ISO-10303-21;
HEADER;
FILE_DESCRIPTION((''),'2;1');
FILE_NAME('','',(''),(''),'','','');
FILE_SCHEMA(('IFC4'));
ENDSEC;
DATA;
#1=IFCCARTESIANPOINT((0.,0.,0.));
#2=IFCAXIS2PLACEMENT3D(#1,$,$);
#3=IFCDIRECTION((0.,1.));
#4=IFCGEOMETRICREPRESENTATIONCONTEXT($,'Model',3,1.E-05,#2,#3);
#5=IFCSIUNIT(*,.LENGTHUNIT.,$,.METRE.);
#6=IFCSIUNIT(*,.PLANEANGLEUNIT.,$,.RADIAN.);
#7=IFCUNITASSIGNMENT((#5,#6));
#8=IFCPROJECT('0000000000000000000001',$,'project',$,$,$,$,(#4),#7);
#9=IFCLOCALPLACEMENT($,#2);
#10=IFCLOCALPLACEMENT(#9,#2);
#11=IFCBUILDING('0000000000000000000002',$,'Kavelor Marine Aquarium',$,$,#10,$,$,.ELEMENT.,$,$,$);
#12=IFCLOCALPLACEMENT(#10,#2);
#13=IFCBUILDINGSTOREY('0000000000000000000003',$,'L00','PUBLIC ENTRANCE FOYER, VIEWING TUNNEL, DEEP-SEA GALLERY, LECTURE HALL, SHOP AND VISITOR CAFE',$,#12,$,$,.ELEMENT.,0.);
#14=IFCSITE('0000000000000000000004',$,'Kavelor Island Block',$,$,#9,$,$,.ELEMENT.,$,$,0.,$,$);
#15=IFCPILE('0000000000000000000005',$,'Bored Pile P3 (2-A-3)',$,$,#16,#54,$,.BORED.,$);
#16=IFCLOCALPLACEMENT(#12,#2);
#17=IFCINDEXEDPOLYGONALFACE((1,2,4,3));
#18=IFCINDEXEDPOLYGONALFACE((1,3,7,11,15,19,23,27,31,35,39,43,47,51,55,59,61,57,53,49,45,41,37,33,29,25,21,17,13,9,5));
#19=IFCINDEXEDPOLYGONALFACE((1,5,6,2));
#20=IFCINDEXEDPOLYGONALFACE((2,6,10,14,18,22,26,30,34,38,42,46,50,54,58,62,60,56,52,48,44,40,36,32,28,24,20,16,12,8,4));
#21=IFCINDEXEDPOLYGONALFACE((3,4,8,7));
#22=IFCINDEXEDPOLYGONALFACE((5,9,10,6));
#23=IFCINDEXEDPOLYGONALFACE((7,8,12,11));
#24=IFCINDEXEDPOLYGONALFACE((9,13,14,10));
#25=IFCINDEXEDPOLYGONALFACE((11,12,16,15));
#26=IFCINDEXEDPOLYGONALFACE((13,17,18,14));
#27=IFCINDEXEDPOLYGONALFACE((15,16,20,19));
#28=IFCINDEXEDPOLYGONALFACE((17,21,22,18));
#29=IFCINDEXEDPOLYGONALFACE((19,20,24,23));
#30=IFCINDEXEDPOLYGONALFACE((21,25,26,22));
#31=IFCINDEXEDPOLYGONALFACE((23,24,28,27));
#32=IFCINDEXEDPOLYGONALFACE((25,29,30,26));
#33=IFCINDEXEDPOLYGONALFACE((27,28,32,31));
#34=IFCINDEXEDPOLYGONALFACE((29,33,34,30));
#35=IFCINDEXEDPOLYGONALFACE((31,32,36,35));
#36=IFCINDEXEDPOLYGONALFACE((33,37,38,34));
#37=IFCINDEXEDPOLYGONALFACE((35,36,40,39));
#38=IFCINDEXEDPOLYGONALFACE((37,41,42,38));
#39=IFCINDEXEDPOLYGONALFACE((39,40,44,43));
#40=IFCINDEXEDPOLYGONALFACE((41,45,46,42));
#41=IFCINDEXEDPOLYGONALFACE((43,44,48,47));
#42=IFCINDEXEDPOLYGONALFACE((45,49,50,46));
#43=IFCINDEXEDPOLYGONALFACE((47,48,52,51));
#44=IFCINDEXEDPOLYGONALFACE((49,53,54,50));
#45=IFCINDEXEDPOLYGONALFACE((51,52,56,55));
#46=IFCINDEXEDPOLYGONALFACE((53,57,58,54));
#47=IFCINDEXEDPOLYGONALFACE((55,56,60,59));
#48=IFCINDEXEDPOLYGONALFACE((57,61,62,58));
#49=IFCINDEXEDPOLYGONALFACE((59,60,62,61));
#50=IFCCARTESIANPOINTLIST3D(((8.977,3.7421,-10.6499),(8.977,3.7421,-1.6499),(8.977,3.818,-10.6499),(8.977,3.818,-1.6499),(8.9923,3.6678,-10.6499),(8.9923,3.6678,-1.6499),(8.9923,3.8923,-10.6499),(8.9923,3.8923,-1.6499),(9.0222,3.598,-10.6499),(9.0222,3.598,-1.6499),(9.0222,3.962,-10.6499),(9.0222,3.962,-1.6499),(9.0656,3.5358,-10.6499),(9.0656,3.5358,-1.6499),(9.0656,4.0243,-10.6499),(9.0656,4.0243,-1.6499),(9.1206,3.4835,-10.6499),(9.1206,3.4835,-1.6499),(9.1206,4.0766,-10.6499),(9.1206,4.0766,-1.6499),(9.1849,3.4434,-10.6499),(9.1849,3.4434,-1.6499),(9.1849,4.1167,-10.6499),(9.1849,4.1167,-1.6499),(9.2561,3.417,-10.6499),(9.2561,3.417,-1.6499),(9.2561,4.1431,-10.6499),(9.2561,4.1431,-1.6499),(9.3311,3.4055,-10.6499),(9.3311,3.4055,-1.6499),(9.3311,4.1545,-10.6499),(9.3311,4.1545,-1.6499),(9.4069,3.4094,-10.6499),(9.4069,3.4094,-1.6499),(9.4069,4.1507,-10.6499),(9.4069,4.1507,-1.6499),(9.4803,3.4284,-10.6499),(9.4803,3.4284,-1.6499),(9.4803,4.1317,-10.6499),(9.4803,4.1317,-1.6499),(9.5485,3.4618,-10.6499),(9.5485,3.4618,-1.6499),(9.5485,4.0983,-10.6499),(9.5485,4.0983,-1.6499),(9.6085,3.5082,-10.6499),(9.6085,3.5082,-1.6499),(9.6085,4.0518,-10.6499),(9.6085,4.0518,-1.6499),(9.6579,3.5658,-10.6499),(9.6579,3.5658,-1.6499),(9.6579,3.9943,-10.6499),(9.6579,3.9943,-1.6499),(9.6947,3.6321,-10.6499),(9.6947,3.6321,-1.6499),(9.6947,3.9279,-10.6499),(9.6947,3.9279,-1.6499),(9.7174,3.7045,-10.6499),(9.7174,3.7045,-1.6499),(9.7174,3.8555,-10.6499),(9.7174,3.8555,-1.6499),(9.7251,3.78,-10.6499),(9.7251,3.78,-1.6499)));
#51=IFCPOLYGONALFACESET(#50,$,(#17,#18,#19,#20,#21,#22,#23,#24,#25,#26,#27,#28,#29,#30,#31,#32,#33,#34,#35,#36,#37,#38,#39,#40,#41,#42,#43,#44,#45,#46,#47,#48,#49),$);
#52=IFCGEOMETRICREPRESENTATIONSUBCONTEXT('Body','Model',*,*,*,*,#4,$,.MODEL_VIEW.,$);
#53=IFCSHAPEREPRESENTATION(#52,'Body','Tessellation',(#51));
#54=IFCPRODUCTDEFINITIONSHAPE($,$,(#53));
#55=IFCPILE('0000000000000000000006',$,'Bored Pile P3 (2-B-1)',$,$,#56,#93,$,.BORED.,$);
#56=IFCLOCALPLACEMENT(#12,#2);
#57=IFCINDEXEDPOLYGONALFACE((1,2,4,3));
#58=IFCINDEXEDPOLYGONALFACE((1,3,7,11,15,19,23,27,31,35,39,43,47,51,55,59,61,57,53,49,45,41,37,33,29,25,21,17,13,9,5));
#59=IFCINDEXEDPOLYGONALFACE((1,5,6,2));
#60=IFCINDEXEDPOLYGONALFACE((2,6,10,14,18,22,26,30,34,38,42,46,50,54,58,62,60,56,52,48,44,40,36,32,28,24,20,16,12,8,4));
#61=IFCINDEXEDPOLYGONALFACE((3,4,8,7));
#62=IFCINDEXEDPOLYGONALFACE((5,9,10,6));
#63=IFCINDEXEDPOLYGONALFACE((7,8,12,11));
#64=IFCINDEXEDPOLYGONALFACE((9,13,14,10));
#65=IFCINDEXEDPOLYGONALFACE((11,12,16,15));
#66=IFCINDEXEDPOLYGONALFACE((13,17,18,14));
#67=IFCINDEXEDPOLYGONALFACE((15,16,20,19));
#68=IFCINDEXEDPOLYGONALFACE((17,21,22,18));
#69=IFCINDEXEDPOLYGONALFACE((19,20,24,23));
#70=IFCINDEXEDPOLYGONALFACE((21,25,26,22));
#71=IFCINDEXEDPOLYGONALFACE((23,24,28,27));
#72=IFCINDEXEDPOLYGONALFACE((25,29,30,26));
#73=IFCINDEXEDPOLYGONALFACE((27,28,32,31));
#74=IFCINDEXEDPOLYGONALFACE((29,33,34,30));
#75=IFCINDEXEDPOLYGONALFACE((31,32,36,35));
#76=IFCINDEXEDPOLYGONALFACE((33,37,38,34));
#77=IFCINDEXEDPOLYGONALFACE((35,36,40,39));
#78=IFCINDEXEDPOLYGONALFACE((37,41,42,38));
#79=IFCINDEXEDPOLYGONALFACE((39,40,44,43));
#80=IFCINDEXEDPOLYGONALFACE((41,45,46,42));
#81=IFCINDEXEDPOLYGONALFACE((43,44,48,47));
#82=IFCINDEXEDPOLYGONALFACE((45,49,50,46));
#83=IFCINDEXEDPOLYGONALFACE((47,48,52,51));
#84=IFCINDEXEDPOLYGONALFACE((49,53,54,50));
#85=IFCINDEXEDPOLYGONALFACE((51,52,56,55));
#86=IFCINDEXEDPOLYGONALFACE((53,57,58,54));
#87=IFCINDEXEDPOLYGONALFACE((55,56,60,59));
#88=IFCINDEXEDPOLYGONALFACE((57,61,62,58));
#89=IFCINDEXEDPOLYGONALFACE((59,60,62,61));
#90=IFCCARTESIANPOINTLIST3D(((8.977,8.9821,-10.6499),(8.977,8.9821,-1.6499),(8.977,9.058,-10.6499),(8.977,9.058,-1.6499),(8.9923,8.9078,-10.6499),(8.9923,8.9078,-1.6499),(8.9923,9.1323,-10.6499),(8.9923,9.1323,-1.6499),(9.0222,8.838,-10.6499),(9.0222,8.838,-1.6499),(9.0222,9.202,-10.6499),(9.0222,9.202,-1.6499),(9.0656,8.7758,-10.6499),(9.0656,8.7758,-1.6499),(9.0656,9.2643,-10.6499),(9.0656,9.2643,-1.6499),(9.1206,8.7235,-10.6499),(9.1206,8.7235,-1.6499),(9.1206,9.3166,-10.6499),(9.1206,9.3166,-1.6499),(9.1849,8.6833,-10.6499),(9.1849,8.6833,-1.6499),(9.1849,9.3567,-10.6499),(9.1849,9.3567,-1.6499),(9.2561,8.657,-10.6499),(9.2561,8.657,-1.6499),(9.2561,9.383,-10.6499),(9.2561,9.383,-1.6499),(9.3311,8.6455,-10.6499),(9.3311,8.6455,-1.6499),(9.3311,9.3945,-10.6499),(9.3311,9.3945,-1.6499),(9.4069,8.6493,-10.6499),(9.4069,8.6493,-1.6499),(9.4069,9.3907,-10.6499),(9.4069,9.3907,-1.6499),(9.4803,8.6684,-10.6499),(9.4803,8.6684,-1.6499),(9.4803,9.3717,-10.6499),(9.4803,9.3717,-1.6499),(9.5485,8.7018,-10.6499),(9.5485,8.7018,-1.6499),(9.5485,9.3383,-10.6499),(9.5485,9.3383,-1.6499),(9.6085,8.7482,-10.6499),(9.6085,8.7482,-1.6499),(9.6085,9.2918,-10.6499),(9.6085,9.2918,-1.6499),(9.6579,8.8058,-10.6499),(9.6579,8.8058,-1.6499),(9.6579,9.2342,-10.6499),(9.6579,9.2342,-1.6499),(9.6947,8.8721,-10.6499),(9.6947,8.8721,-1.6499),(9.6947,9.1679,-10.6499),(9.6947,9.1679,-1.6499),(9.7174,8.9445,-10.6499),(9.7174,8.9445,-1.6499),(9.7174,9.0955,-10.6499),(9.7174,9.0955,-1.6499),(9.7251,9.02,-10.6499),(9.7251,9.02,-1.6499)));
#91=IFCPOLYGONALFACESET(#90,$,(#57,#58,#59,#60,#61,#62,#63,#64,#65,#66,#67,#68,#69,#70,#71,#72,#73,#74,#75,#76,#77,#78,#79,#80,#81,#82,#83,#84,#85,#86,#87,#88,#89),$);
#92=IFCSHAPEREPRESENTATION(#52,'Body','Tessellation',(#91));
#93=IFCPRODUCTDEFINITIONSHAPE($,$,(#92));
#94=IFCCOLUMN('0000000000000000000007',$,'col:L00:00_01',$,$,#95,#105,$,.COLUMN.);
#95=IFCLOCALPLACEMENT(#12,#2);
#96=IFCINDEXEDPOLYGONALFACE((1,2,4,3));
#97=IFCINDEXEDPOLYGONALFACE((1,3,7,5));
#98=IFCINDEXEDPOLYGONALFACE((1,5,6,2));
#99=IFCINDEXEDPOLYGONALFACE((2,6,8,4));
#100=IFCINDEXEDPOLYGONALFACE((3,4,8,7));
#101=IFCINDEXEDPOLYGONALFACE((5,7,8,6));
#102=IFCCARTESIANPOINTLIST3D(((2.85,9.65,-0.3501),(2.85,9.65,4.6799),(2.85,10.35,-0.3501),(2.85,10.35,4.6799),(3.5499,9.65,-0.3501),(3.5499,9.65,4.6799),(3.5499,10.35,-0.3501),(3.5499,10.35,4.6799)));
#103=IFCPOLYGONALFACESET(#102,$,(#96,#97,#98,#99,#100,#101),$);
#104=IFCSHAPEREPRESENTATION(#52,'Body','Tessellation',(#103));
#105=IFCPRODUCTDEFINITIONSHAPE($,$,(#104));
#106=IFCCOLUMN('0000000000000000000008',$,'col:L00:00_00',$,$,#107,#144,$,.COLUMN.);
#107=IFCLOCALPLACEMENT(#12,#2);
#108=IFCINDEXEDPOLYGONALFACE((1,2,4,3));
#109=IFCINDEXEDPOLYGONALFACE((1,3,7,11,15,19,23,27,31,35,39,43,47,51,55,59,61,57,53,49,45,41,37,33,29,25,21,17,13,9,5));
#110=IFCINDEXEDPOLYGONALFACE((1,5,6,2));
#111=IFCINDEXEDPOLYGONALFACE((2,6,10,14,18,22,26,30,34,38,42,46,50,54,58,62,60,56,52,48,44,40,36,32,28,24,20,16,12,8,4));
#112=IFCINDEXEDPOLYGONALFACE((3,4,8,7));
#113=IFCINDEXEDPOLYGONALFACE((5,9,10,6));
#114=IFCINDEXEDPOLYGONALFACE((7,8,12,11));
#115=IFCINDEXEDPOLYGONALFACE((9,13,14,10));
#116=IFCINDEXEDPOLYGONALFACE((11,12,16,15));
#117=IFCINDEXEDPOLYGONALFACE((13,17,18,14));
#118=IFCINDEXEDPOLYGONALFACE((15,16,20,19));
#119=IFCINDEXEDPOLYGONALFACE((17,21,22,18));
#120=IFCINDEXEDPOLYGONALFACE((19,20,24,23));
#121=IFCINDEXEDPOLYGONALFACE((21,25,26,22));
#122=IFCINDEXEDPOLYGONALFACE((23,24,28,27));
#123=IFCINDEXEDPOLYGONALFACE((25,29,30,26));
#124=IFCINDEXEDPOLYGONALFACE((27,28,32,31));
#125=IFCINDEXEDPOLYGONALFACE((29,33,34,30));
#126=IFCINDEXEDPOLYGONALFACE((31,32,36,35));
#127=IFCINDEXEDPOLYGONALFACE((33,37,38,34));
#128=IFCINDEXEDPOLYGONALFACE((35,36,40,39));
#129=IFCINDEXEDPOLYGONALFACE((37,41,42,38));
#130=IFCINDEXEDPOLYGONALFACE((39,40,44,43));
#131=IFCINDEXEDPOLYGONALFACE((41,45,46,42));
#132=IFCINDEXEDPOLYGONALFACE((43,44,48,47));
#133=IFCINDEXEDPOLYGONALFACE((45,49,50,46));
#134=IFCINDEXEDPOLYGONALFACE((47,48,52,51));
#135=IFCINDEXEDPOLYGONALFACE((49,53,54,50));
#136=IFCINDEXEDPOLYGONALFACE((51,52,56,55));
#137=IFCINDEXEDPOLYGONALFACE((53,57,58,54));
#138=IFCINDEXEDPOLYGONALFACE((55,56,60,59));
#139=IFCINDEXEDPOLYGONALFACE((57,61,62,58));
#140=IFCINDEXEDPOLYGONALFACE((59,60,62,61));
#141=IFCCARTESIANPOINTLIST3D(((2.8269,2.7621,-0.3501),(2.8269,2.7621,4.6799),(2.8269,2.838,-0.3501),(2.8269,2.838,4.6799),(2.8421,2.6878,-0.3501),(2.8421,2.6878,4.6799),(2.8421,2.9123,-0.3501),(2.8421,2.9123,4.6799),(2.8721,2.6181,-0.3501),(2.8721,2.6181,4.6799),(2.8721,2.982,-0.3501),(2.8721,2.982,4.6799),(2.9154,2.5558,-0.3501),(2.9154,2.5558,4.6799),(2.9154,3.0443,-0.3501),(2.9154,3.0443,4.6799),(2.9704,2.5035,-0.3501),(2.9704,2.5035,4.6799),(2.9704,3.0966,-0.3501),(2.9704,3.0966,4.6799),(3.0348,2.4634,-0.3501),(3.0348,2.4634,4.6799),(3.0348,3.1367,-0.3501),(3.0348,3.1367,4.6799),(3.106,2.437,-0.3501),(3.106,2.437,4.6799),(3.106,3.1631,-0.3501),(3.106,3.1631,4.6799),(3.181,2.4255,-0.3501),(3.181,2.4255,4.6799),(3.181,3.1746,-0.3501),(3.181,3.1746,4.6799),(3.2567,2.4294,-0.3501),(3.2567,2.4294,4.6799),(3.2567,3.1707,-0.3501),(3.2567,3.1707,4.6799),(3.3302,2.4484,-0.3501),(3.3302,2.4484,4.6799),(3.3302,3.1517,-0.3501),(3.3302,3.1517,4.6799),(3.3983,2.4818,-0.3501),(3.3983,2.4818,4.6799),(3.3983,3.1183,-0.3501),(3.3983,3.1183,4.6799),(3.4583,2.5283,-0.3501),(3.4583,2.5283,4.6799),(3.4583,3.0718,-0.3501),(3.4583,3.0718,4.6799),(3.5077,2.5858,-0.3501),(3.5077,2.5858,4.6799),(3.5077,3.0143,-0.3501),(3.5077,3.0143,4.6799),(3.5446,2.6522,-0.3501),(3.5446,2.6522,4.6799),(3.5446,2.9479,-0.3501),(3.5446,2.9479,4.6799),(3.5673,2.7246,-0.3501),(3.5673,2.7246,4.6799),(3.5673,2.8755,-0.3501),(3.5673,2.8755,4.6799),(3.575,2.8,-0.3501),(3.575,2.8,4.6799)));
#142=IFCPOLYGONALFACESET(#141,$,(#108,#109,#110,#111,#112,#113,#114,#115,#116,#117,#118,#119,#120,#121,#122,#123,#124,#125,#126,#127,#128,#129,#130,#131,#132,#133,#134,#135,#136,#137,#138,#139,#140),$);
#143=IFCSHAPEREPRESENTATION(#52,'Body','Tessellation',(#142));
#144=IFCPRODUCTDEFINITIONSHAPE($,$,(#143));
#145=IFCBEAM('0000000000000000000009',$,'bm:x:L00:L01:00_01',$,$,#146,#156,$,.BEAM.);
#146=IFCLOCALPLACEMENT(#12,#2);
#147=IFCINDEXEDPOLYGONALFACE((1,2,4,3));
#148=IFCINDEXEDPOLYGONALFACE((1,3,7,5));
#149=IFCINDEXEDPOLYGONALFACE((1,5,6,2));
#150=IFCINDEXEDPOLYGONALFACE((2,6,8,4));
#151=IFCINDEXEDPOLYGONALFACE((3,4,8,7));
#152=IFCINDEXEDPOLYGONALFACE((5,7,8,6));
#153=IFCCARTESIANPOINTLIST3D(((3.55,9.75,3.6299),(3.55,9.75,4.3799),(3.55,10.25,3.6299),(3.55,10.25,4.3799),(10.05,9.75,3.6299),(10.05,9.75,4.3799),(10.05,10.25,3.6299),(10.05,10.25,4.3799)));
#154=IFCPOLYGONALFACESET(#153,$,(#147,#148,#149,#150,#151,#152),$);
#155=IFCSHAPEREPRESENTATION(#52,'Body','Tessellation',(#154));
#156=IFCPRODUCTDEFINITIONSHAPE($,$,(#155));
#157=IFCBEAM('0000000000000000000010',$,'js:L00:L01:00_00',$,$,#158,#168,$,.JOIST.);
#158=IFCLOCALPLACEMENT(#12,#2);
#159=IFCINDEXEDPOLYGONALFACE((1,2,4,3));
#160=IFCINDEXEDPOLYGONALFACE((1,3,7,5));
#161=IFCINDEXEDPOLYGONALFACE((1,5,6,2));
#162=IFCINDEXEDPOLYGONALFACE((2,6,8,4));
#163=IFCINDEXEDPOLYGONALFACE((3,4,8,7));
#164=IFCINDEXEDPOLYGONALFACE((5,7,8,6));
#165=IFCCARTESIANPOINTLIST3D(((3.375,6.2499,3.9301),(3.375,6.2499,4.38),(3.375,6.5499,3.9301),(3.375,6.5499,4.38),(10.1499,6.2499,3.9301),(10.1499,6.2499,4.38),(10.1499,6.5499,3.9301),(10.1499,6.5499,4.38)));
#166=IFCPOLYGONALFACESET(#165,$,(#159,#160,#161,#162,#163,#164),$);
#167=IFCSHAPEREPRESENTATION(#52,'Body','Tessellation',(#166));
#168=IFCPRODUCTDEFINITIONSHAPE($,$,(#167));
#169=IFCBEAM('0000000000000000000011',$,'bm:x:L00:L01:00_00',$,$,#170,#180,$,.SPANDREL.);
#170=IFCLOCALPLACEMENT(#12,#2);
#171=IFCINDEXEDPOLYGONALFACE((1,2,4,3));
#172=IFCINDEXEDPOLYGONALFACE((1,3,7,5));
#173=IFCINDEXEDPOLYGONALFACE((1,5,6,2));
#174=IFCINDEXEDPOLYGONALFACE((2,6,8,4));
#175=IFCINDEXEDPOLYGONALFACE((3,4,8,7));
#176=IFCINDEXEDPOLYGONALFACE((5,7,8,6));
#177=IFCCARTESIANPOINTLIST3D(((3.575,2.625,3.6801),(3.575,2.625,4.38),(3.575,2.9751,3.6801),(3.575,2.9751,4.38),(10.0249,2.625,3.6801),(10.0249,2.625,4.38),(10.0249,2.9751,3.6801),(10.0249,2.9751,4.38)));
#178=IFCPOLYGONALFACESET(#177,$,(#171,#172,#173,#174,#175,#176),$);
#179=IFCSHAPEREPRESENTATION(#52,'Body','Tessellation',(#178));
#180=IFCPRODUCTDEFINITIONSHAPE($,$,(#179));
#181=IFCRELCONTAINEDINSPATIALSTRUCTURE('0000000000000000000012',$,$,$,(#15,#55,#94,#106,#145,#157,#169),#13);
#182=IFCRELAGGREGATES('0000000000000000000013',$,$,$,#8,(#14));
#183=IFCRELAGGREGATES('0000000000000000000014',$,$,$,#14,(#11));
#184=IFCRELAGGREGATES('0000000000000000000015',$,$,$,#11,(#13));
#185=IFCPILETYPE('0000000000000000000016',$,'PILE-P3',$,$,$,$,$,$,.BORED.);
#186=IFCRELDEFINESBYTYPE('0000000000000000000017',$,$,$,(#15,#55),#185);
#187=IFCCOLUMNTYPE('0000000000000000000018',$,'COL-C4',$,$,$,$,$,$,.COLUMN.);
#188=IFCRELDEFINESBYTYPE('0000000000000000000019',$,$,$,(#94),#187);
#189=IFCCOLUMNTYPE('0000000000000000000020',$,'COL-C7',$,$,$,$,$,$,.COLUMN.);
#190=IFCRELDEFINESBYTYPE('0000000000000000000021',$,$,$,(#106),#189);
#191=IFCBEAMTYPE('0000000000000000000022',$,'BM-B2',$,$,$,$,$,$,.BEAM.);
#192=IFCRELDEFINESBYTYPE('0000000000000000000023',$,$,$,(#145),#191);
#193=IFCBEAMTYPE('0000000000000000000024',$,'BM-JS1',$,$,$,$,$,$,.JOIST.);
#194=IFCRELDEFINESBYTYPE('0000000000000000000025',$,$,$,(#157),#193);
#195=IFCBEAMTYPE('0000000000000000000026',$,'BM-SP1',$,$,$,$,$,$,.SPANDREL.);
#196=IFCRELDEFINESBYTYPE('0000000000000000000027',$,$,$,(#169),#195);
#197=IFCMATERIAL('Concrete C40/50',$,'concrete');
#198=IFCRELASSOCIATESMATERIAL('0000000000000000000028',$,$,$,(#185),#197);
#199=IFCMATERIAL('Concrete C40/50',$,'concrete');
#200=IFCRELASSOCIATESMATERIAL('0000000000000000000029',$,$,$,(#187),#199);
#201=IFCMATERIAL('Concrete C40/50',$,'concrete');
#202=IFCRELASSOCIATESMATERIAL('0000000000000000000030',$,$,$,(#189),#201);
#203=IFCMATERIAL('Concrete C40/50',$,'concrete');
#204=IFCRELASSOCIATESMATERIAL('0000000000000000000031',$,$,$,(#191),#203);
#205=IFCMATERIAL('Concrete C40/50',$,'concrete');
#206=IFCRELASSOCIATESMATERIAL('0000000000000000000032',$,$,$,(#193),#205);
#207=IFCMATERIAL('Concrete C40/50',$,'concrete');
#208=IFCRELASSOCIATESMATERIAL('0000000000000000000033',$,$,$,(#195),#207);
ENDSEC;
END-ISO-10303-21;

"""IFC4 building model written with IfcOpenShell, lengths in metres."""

from ifc_helpers import new_model, si_unit, direction, frame, origin, origin_2d, place, context, subcontext, project, spatial, rectangle, circle, extrude, material, material_profile, profile_set, type_object, element, save


model = new_model("IFC4")

# Units and contexts
model_context = context("Model", 3, precision=1e-05, world=origin(), true_north=direction((0.0, 1.0)))
body_context = subcontext(model_context, "Body", "Model", "MODEL_VIEW")
ifc_project = project(units=[si_unit("LENGTHUNIT", "METRE"), si_unit("PLANEANGLEUNIT", "RADIAN")], contexts=[model_context])

# Site, building, storey
site_placement = place(None, origin())
site = spatial("IfcSite", under=ifc_project, at=site_placement, Name="Kavelor Island Block", CompositionType="ELEMENT", RefElevation=0.0)
building_placement = place(site_placement, origin())
building = spatial("IfcBuilding", under=site, at=building_placement, Name="Kavelor Marine Aquarium", CompositionType="ELEMENT")
storey_placement = place(building_placement, origin())
storey = spatial("IfcBuildingStorey", under=building, at=storey_placement, Name="L00", Description="PUBLIC ENTRANCE FOYER, VIEWING TUNNEL, DEEP-SEA GALLERY, LECTURE HALL, SHOP AND VISITOR CAFE", CompositionType="ELEMENT", Elevation=0.0)

# Piles
ifc_material_1 = material(Name="Concrete C40/50", Category="concrete")
ifc_material_profile_1 = material_profile(ifc_material_1, circle(Radius=0.375, at=origin_2d()), Name="PILE D750")
ifc_profile_set_1 = profile_set([ifc_material_profile_1], Name="Concrete C40/50")
pile_type_1 = type_object("IfcPileType", Name="PILE-P3", PredefinedType="BORED", material=ifc_profile_set_1)
for number, where, z_axis, x_axis, name in (
    (1, (9.3501, 3.78, -1.6499), (0.0, 0.0, -1.0), (1.0, 0.0, 0.0), "Bored Pile P3 (2-A-3)"),
    (2, (9.3501, 9.02, -1.6499), (0.0, 0.0, -1.0), (1.0, 0.0, 0.0), "Bored Pile P3 (2-B-1)"),
):
    element("IfcPile", number, at=place(storey_placement, frame(where, z_axis=z_axis, x_axis=x_axis)), inside=storey, type_object=pile_type_1, Name=name, PredefinedType="BORED", context=body_context, shape_type="SweptSolid", body=[
        extrude(circle(Radius=0.375, at=origin_2d()), origin(), (0.0, 0.0, 1.0), 9.0),
    ])

# Columns
ifc_material_2 = material(Name="Concrete C40/50", Category="concrete")
ifc_material_profile_2 = material_profile(ifc_material_2, rectangle(XDim=0.7, YDim=0.7, at=origin_2d()), Name="RC-COL 700x700")
ifc_profile_set_2 = profile_set([ifc_material_profile_2], Name="Concrete C40/50")
column_type_1 = type_object("IfcColumnType", Name="COL-C4", PredefinedType="COLUMN", material=ifc_profile_set_2)
column_1_placement = place(storey_placement, frame((3.2, 10.0, -0.3501), z_axis=(0.0, 0.0, 1.0), x_axis=(1.0, 0.0, 0.0)))
element("IfcColumn", 3, at=column_1_placement, inside=storey, type_object=column_type_1, Name="col:L00:00_01", PredefinedType="COLUMN", context=body_context, shape_type="SweptSolid", body=[
    extrude(rectangle(XDim=0.7, YDim=0.7, at=origin_2d()), origin(), (0.0, 0.0, 1.0), 5.03),
])
ifc_material_3 = material(Name="Concrete C40/50", Category="concrete")
ifc_material_profile_3 = material_profile(ifc_material_3, circle(Radius=0.375, at=origin_2d()), Name="RC-COL D750")
ifc_profile_set_3 = profile_set([ifc_material_profile_3], Name="Concrete C40/50")
column_type_2 = type_object("IfcColumnType", Name="COL-C7", PredefinedType="COLUMN", material=ifc_profile_set_3)
column_2_placement = place(storey_placement, frame((3.2, 2.8, -0.3501), z_axis=(0.0, 0.0, 1.0), x_axis=(1.0, 0.0, 0.0)))
element("IfcColumn", 4, at=column_2_placement, inside=storey, type_object=column_type_2, Name="col:L00:00_00", PredefinedType="COLUMN", context=body_context, shape_type="SweptSolid", body=[
    extrude(circle(Radius=0.375, at=origin_2d()), origin(), (0.0, 0.0, 1.0), 5.03),
])

# Beams
ifc_material_4 = material(Name="Concrete C40/50", Category="concrete")
ifc_material_profile_4 = material_profile(ifc_material_4, rectangle(XDim=0.5, YDim=0.75, at=origin_2d()), Name="RC-BM 500x750")
ifc_profile_set_4 = profile_set([ifc_material_profile_4], Name="Concrete C40/50")
beam_type_1 = type_object("IfcBeamType", Name="BM-B2", PredefinedType="BEAM", material=ifc_profile_set_4)
beam_1_placement = place(storey_placement, frame((3.55, 10.0, 4.0049), z_axis=(1.0, 0.0, 0.0), x_axis=(0.0, 1.0, 0.0)))
element("IfcBeam", 5, at=beam_1_placement, inside=storey, type_object=beam_type_1, Name="bm:x:L00:L01:00_01", PredefinedType="BEAM", context=body_context, shape_type="SweptSolid", body=[
    extrude(rectangle(XDim=0.5, YDim=0.75, at=origin_2d()), origin(), (0.0, 0.0, 1.0), 6.5),
])
ifc_material_5 = material(Name="Concrete C40/50", Category="concrete")
ifc_material_profile_5 = material_profile(ifc_material_5, rectangle(XDim=0.3, YDim=0.45, at=origin_2d()), Name="RC-JS 300x450")
ifc_profile_set_5 = profile_set([ifc_material_profile_5], Name="Concrete C40/50")
beam_type_2 = type_object("IfcBeamType", Name="BM-JS1", PredefinedType="JOIST", material=ifc_profile_set_5)
beam_2_placement = place(storey_placement, frame((3.375, 6.3999, 4.155), z_axis=(1.0, 0.0, 0.0), x_axis=(0.0, 1.0, 0.0)))
element("IfcBeam", 6, at=beam_2_placement, inside=storey, type_object=beam_type_2, Name="js:L00:L01:00_00", PredefinedType="JOIST", context=body_context, shape_type="SweptSolid", body=[
    extrude(rectangle(XDim=0.3, YDim=0.45, at=origin_2d()), origin(), (0.0, 0.0, 1.0), 6.7749),
])
ifc_material_6 = material(Name="Concrete C40/50", Category="concrete")
ifc_material_profile_6 = material_profile(ifc_material_6, rectangle(XDim=0.3501, YDim=0.7, at=origin_2d()), Name="RC-SP 350x700")
ifc_profile_set_6 = profile_set([ifc_material_profile_6], Name="Concrete C40/50")
beam_type_3 = type_object("IfcBeamType", Name="BM-SP1", PredefinedType="SPANDREL", material=ifc_profile_set_6)
beam_3_placement = place(storey_placement, frame((3.575, 2.8, 4.03), z_axis=(1.0, 0.0, 0.0), x_axis=(0.0, 1.0, 0.0)))
element("IfcBeam", 7, at=beam_3_placement, inside=storey, type_object=beam_type_3, Name="bm:x:L00:L01:00_00", PredefinedType="SPANDREL", context=body_context, shape_type="SweptSolid", body=[
    extrude(rectangle(XDim=0.3501, YDim=0.7, at=origin_2d()), origin(), (0.0, 0.0, 1.0), 6.45),
])

save(model, "model.ifc")
